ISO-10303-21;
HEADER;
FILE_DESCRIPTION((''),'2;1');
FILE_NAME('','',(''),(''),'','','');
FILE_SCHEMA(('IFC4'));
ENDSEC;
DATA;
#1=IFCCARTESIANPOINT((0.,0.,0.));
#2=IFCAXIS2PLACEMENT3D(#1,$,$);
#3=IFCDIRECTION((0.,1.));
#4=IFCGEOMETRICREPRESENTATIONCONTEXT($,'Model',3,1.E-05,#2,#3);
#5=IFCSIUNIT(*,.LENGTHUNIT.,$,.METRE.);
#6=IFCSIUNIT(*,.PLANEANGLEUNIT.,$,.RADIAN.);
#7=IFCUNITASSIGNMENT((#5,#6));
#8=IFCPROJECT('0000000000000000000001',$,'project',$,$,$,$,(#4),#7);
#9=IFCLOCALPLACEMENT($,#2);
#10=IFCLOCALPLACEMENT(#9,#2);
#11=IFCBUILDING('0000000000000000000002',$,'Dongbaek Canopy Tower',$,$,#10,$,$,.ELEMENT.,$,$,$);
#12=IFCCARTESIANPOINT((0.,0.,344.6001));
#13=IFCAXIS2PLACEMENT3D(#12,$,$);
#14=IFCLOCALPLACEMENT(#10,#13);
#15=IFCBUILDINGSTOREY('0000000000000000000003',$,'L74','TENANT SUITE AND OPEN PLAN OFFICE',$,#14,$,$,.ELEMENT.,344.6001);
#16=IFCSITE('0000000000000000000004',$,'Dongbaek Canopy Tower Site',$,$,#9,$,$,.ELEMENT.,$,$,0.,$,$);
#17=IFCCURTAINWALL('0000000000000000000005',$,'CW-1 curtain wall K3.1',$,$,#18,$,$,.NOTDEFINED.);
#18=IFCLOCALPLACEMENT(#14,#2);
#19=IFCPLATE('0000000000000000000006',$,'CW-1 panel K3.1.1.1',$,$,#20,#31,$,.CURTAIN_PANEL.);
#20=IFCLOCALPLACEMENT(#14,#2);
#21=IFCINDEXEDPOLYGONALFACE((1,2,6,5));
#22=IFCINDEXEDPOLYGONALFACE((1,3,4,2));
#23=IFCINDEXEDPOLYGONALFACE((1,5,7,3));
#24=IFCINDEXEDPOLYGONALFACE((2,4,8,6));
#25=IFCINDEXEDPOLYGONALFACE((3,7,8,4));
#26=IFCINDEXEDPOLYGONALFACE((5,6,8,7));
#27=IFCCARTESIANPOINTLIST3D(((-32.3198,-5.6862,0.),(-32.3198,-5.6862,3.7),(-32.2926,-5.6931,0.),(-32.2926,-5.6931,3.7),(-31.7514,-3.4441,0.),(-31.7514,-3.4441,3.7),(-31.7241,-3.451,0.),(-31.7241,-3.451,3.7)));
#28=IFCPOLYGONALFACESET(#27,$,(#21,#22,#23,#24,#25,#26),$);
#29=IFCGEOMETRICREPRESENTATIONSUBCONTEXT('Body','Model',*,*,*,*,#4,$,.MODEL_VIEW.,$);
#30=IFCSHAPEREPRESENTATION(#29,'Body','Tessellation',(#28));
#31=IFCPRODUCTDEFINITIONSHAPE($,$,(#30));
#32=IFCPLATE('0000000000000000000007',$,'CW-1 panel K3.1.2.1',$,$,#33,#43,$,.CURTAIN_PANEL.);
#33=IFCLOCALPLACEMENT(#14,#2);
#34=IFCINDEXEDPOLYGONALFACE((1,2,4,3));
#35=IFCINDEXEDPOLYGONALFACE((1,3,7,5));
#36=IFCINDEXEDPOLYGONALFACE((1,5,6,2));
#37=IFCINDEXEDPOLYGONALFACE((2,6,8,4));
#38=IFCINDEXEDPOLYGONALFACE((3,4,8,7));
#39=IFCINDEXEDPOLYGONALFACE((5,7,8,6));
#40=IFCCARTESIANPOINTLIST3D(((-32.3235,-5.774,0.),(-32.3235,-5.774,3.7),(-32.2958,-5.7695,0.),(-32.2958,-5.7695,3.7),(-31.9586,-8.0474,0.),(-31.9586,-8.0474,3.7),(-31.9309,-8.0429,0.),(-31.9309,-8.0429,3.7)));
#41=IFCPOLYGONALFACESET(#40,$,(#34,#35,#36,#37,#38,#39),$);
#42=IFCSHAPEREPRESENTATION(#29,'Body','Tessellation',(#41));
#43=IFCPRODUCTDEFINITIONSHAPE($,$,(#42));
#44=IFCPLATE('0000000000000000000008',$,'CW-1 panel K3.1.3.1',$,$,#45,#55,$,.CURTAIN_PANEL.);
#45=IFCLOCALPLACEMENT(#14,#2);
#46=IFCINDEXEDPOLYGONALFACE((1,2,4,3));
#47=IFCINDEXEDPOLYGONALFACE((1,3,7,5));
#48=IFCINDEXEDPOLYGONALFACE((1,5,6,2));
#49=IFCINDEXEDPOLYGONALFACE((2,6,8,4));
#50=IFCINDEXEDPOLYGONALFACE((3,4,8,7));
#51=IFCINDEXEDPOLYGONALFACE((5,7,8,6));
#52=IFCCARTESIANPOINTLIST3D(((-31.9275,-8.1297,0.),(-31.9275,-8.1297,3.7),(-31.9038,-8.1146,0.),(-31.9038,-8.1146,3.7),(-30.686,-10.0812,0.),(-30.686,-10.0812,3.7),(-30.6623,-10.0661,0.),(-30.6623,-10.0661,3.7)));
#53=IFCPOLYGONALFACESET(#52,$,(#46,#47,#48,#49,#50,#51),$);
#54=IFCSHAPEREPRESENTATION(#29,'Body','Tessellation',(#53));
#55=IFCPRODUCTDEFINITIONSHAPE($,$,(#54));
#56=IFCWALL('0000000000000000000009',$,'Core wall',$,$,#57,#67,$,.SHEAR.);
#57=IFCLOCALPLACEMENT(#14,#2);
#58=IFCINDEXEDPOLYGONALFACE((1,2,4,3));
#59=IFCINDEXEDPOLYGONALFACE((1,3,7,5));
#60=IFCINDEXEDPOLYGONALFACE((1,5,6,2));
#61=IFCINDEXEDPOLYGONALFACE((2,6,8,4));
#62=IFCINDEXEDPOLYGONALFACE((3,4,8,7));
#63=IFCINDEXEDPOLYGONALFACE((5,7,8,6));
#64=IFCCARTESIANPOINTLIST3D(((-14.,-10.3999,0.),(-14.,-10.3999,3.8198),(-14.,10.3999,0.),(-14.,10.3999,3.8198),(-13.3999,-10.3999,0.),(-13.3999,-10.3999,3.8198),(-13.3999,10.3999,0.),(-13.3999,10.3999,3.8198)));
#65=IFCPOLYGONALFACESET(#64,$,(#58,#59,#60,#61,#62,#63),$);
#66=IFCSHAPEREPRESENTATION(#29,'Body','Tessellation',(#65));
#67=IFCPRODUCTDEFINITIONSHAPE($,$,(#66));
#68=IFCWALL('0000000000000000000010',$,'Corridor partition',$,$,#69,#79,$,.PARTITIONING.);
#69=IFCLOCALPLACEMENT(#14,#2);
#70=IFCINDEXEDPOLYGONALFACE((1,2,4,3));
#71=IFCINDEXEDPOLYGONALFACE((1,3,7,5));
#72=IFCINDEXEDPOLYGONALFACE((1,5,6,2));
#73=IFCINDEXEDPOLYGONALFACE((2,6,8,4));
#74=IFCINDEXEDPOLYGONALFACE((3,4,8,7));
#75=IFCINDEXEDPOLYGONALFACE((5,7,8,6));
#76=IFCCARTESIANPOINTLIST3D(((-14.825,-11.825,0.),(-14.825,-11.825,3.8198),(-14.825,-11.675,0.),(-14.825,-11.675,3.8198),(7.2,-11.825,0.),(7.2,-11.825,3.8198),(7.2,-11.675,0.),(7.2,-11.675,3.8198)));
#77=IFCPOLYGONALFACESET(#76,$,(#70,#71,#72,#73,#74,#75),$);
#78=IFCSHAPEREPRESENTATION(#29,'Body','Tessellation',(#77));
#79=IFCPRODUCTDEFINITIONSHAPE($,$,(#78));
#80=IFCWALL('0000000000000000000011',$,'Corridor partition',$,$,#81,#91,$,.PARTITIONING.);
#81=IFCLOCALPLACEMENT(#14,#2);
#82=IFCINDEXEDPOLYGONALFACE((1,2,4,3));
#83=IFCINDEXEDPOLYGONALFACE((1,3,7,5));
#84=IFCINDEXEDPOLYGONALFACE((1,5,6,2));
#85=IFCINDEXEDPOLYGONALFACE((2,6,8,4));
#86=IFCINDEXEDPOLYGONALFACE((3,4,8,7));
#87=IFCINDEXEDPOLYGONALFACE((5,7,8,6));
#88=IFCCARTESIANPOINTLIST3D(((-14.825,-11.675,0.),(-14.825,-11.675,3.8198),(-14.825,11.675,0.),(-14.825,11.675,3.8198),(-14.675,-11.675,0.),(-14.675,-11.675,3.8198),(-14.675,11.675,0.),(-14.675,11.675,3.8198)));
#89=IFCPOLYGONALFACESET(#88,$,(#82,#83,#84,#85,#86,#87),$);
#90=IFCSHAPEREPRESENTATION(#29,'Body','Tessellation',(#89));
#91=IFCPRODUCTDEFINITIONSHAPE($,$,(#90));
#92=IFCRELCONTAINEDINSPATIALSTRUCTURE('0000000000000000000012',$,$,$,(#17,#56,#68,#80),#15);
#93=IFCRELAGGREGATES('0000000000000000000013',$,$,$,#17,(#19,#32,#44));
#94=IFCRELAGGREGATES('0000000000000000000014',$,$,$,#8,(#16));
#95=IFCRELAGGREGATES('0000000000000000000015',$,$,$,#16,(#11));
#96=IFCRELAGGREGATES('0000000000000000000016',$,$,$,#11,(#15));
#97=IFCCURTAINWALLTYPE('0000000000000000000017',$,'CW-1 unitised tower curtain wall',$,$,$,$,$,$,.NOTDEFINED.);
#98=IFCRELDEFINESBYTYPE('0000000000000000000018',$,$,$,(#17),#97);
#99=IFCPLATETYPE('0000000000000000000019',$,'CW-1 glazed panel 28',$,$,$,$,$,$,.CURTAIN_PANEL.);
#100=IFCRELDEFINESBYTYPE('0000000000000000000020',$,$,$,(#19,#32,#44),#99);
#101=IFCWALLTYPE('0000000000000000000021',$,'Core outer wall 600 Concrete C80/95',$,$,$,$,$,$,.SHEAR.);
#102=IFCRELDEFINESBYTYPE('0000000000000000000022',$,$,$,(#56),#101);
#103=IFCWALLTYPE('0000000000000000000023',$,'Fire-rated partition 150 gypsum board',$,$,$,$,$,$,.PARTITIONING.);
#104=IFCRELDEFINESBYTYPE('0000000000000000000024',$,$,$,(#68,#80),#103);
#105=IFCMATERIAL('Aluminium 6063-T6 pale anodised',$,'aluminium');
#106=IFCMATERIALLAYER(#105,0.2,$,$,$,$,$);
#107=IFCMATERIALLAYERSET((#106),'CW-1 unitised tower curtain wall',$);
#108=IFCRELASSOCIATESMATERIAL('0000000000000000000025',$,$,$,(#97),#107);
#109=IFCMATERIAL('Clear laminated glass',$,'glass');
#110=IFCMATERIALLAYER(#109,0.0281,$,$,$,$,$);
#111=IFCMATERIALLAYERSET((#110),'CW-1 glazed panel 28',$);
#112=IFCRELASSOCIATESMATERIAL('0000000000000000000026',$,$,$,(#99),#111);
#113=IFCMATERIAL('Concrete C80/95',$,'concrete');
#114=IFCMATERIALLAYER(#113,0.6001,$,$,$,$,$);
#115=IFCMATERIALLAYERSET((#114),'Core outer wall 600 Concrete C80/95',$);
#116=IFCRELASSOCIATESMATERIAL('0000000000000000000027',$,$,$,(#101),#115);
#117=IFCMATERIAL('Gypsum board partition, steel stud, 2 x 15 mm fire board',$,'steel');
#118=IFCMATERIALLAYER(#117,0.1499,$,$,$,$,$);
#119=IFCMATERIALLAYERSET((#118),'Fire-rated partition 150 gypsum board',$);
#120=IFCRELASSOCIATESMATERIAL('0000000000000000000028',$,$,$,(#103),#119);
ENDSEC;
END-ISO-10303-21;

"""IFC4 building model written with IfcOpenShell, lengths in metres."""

from ifc_helpers import new_model, si_unit, direction, frame, frame_2d, origin, origin_2d, place, context, subcontext, project, spatial, rectangle, extrude, material, layer, layer_set, type_object, element, aggregate, save


model = new_model("IFC4")

# Units and contexts
model_context = context("Model", 3, precision=1e-05, world=origin(), true_north=direction((0.0, 1.0)))
body_context = subcontext(model_context, "Body", "Model", "MODEL_VIEW")
ifc_project = project(units=[si_unit("LENGTHUNIT", "METRE"), si_unit("PLANEANGLEUNIT", "RADIAN")], contexts=[model_context])

# Site, building, storey
site_placement = place(None, origin())
site = spatial("IfcSite", under=ifc_project, at=site_placement, Name="Dongbaek Canopy Tower Site", CompositionType="ELEMENT", RefElevation=0.0)
building_placement = place(site_placement, origin())
building = spatial("IfcBuilding", under=site, at=building_placement, Name="Dongbaek Canopy Tower", CompositionType="ELEMENT")
storey_placement = place(building_placement, frame((0.0, 0.0, 344.6001)))
storey = spatial("IfcBuildingStorey", under=building, at=storey_placement, Name="L74", Description="TENANT SUITE AND OPEN PLAN OFFICE", CompositionType="ELEMENT", Elevation=344.6001)

# Shared definitions
ifc_material_1 = material(Name="Aluminium 6063-T6 pale anodised", Category="aluminium")
ifc_layer_1 = layer(ifc_material_1, 0.2)
ifc_layer_set_1 = layer_set([ifc_layer_1], Name="CW-1 unitised tower curtain wall")
curtain_wall_type = type_object("IfcCurtainWallType", Name="CW-1 unitised tower curtain wall", PredefinedType="NOTDEFINED", material=ifc_layer_set_1)

# Curtain wall
curtain_wall_1_placement = place(storey_placement, origin())
curtain_wall_1 = element("IfcCurtainWall", 1, at=curtain_wall_1_placement, inside=storey, type_object=curtain_wall_type, Name="CW-1 curtain wall K3.1", PredefinedType="NOTDEFINED")

# Plates
ifc_material_2 = material(Name="Clear laminated glass", Category="glass")
ifc_layer_2 = layer(ifc_material_2, 0.0281)
ifc_layer_set_2 = layer_set([ifc_layer_2], Name="CW-1 glazed panel 28")
plate_type = type_object("IfcPlateType", Name="CW-1 glazed panel 28", PredefinedType="CURTAIN_PANEL", material=ifc_layer_set_2)
plate_1_placement = place(storey_placement, frame((-32.022, -4.5686, 0.0), z_axis=(0.0, 0.0, 1.0), x_axis=(-0.245758, -0.969331, 0.0)))
plate_1 = element("IfcPlate", 2, at=plate_1_placement, type_object=plate_type, Name="CW-1 panel K3.1.1.1", PredefinedType="CURTAIN_PANEL", context=body_context, shape_type="SweptSolid", body=[
    extrude(rectangle(XDim=2.313, YDim=0.0281, at=origin_2d()), origin(), (0.0, 0.0, 1.0), 3.7),
])
plate_2_placement = place(storey_placement, frame((-32.1272, -6.9084, 0.0), z_axis=(0.0, 0.0, 1.0), x_axis=(0.15848, -0.987362, 0.0)))
plate_2 = element("IfcPlate", 3, at=plate_2_placement, type_object=plate_type, Name="CW-1 panel K3.1.2.1", PredefinedType="CURTAIN_PANEL", context=body_context, shape_type="SweptSolid", body=[
    extrude(rectangle(XDim=2.3025, YDim=0.0281, at=origin_2d()), origin(), (0.0, 0.0, 1.0), 3.7),
])
plate_3_placement = place(storey_placement, frame((-31.2949, -9.0979, 0.0), z_axis=(0.0, 0.0, 1.0), x_axis=(0.53677, -0.843729, 0.0)))
plate_3 = element("IfcPlate", 4, at=plate_3_placement, type_object=plate_type, Name="CW-1 panel K3.1.3.1", PredefinedType="CURTAIN_PANEL", context=body_context, shape_type="SweptSolid", body=[
    extrude(rectangle(XDim=2.313, YDim=0.0281, at=origin_2d()), origin(), (0.0, 0.0, 1.0), 3.7),
])
aggregate(curtain_wall_1, [plate_1, plate_2, plate_3])

# Walls
ifc_material_3 = material(Name="Concrete C80/95", Category="concrete")
ifc_layer_3 = layer(ifc_material_3, 0.6001)
ifc_layer_set_3 = layer_set([ifc_layer_3], Name="Core outer wall 600 Concrete C80/95")
wall_type_1 = type_object("IfcWallType", Name="Core outer wall 600 Concrete C80/95", PredefinedType="SHEAR", material=ifc_layer_set_3)
wall_1_placement = place(storey_placement, frame((-13.7, -10.3999, 0.0), z_axis=(0.0, 0.0, 1.0), x_axis=(0.0, 1.0, 0.0)))
element("IfcWall", 5, at=wall_1_placement, inside=storey, type_object=wall_type_1, Name="Core wall", PredefinedType="SHEAR", context=body_context, shape_type="SweptSolid", body=[
    extrude(rectangle(XDim=20.7998, YDim=0.6001, at=frame_2d((10.3999, 0.0))), origin(), (0.0, 0.0, 1.0), 3.8198),
])
ifc_material_4 = material(Name="Gypsum board partition, steel stud, 2 x 15 mm fire board", Category="steel")
ifc_layer_4 = layer(ifc_material_4, 0.1499)
ifc_layer_set_4 = layer_set([ifc_layer_4], Name="Fire-rated partition 150 gypsum board")
wall_type_2 = type_object("IfcWallType", Name="Fire-rated partition 150 gypsum board", PredefinedType="PARTITIONING", material=ifc_layer_set_4)
wall_2_placement = place(storey_placement, frame((-14.825, -11.75, 0.0), z_axis=(0.0, 0.0, 1.0), x_axis=(1.0, 0.0, 0.0)))
element("IfcWall", 6, at=wall_2_placement, inside=storey, type_object=wall_type_2, Name="Corridor partition", PredefinedType="PARTITIONING", context=body_context, shape_type="SweptSolid", body=[
    extrude(rectangle(XDim=22.0249, YDim=0.1499, at=frame_2d((11.0125, 0.0))), origin(), (0.0, 0.0, 1.0), 3.8198),
])
wall_3_placement = place(storey_placement, frame((-14.75, -11.675, 0.0), z_axis=(0.0, 0.0, 1.0), x_axis=(0.0, 1.0, 0.0)))
element("IfcWall", 7, at=wall_3_placement, inside=storey, type_object=wall_type_2, Name="Corridor partition", PredefinedType="PARTITIONING", context=body_context, shape_type="SweptSolid", body=[
    extrude(rectangle(XDim=23.3501, YDim=0.1499, at=frame_2d((11.675, 0.0))), origin(), (0.0, 0.0, 1.0), 3.8198),
])

save(model, "model.ifc")
